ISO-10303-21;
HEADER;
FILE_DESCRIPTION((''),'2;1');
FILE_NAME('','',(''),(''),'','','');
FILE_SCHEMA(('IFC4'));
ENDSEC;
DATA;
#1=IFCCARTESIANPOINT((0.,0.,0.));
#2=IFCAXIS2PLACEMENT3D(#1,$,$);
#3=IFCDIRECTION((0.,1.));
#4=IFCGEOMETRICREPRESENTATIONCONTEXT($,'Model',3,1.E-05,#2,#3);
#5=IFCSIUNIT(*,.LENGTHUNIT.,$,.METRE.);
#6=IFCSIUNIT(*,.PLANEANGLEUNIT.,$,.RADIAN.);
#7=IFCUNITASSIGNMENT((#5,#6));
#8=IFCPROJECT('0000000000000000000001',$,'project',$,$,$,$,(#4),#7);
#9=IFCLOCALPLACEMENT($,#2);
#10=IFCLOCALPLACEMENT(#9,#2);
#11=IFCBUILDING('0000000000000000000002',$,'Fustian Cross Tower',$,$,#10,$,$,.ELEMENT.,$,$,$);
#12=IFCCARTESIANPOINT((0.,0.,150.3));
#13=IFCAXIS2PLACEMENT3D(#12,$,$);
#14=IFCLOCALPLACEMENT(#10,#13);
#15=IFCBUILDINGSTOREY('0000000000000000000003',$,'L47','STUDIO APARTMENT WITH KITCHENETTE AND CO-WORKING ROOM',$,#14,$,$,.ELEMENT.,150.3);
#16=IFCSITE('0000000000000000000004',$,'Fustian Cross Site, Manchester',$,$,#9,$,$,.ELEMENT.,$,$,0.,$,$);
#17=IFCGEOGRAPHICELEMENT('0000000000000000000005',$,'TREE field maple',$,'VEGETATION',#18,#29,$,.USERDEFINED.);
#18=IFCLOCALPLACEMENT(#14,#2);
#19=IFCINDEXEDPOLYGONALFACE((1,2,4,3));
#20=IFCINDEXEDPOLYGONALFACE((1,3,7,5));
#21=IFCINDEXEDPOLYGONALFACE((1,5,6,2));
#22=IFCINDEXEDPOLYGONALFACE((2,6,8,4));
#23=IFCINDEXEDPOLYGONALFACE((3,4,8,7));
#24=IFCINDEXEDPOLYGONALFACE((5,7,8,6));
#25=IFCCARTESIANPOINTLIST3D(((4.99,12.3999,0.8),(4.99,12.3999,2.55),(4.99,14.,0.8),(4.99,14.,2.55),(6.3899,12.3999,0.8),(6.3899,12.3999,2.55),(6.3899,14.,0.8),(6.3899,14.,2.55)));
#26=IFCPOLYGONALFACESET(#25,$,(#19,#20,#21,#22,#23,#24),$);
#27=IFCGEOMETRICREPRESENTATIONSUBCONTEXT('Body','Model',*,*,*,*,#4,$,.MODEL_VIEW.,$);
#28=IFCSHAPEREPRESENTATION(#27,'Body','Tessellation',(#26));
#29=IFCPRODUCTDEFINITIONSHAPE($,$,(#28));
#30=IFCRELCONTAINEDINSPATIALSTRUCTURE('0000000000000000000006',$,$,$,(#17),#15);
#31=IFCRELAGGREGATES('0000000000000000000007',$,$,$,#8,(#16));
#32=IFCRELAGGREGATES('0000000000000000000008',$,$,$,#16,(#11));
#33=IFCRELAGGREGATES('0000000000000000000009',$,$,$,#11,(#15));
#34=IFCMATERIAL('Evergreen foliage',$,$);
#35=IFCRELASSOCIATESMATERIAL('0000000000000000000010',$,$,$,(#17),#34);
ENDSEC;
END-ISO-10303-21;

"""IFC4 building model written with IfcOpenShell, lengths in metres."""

from ifc_helpers import new_model, si_unit, direction, frame, origin, origin_2d, place, context, subcontext, project, spatial, rectangle, extrude, material, element, save


model = new_model("IFC4")

# Units and contexts
model_context = context("Model", 3, precision=1e-05, world=origin(), true_north=direction((0.0, 1.0)))
body_context = subcontext(model_context, "Body", "Model", "MODEL_VIEW")
ifc_project = project(units=[si_unit("LENGTHUNIT", "METRE"), si_unit("PLANEANGLEUNIT", "RADIAN")], contexts=[model_context])

# Site, building, storey
site_placement = place(None, origin())
site = spatial("IfcSite", under=ifc_project, at=site_placement, Name="Fustian Cross Site, Manchester", CompositionType="ELEMENT", RefElevation=0.0)
building_placement = place(site_placement, origin())
building = spatial("IfcBuilding", under=site, at=building_placement, Name="Fustian Cross Tower", CompositionType="ELEMENT")
storey_placement = place(building_placement, frame((0.0, 0.0, 150.3)))
storey = spatial("IfcBuildingStorey", under=building, at=storey_placement, Name="L47", Description="STUDIO APARTMENT WITH KITCHENETTE AND CO-WORKING ROOM", CompositionType="ELEMENT", Elevation=150.3)

# Geographic element
ifc_material_1 = material(Name="Evergreen foliage")
geographic_element_placement = place(storey_placement, frame((5.6899, 13.2, 0.8), z_axis=(0.0, 0.0, 1.0), x_axis=(1.0, 0.0, 0.0)))
element("IfcGeographicElement", 1, at=geographic_element_placement, inside=storey, material=ifc_material_1, Name="TREE field maple", ObjectType="VEGETATION", PredefinedType="USERDEFINED", context=body_context, shape_type="SweptSolid", body=[
    extrude(rectangle(XDim=1.3999, YDim=1.6001, at=origin_2d()), origin(), (0.0, 0.0, 1.0), 1.75),
])

save(model, "model.ifc")
